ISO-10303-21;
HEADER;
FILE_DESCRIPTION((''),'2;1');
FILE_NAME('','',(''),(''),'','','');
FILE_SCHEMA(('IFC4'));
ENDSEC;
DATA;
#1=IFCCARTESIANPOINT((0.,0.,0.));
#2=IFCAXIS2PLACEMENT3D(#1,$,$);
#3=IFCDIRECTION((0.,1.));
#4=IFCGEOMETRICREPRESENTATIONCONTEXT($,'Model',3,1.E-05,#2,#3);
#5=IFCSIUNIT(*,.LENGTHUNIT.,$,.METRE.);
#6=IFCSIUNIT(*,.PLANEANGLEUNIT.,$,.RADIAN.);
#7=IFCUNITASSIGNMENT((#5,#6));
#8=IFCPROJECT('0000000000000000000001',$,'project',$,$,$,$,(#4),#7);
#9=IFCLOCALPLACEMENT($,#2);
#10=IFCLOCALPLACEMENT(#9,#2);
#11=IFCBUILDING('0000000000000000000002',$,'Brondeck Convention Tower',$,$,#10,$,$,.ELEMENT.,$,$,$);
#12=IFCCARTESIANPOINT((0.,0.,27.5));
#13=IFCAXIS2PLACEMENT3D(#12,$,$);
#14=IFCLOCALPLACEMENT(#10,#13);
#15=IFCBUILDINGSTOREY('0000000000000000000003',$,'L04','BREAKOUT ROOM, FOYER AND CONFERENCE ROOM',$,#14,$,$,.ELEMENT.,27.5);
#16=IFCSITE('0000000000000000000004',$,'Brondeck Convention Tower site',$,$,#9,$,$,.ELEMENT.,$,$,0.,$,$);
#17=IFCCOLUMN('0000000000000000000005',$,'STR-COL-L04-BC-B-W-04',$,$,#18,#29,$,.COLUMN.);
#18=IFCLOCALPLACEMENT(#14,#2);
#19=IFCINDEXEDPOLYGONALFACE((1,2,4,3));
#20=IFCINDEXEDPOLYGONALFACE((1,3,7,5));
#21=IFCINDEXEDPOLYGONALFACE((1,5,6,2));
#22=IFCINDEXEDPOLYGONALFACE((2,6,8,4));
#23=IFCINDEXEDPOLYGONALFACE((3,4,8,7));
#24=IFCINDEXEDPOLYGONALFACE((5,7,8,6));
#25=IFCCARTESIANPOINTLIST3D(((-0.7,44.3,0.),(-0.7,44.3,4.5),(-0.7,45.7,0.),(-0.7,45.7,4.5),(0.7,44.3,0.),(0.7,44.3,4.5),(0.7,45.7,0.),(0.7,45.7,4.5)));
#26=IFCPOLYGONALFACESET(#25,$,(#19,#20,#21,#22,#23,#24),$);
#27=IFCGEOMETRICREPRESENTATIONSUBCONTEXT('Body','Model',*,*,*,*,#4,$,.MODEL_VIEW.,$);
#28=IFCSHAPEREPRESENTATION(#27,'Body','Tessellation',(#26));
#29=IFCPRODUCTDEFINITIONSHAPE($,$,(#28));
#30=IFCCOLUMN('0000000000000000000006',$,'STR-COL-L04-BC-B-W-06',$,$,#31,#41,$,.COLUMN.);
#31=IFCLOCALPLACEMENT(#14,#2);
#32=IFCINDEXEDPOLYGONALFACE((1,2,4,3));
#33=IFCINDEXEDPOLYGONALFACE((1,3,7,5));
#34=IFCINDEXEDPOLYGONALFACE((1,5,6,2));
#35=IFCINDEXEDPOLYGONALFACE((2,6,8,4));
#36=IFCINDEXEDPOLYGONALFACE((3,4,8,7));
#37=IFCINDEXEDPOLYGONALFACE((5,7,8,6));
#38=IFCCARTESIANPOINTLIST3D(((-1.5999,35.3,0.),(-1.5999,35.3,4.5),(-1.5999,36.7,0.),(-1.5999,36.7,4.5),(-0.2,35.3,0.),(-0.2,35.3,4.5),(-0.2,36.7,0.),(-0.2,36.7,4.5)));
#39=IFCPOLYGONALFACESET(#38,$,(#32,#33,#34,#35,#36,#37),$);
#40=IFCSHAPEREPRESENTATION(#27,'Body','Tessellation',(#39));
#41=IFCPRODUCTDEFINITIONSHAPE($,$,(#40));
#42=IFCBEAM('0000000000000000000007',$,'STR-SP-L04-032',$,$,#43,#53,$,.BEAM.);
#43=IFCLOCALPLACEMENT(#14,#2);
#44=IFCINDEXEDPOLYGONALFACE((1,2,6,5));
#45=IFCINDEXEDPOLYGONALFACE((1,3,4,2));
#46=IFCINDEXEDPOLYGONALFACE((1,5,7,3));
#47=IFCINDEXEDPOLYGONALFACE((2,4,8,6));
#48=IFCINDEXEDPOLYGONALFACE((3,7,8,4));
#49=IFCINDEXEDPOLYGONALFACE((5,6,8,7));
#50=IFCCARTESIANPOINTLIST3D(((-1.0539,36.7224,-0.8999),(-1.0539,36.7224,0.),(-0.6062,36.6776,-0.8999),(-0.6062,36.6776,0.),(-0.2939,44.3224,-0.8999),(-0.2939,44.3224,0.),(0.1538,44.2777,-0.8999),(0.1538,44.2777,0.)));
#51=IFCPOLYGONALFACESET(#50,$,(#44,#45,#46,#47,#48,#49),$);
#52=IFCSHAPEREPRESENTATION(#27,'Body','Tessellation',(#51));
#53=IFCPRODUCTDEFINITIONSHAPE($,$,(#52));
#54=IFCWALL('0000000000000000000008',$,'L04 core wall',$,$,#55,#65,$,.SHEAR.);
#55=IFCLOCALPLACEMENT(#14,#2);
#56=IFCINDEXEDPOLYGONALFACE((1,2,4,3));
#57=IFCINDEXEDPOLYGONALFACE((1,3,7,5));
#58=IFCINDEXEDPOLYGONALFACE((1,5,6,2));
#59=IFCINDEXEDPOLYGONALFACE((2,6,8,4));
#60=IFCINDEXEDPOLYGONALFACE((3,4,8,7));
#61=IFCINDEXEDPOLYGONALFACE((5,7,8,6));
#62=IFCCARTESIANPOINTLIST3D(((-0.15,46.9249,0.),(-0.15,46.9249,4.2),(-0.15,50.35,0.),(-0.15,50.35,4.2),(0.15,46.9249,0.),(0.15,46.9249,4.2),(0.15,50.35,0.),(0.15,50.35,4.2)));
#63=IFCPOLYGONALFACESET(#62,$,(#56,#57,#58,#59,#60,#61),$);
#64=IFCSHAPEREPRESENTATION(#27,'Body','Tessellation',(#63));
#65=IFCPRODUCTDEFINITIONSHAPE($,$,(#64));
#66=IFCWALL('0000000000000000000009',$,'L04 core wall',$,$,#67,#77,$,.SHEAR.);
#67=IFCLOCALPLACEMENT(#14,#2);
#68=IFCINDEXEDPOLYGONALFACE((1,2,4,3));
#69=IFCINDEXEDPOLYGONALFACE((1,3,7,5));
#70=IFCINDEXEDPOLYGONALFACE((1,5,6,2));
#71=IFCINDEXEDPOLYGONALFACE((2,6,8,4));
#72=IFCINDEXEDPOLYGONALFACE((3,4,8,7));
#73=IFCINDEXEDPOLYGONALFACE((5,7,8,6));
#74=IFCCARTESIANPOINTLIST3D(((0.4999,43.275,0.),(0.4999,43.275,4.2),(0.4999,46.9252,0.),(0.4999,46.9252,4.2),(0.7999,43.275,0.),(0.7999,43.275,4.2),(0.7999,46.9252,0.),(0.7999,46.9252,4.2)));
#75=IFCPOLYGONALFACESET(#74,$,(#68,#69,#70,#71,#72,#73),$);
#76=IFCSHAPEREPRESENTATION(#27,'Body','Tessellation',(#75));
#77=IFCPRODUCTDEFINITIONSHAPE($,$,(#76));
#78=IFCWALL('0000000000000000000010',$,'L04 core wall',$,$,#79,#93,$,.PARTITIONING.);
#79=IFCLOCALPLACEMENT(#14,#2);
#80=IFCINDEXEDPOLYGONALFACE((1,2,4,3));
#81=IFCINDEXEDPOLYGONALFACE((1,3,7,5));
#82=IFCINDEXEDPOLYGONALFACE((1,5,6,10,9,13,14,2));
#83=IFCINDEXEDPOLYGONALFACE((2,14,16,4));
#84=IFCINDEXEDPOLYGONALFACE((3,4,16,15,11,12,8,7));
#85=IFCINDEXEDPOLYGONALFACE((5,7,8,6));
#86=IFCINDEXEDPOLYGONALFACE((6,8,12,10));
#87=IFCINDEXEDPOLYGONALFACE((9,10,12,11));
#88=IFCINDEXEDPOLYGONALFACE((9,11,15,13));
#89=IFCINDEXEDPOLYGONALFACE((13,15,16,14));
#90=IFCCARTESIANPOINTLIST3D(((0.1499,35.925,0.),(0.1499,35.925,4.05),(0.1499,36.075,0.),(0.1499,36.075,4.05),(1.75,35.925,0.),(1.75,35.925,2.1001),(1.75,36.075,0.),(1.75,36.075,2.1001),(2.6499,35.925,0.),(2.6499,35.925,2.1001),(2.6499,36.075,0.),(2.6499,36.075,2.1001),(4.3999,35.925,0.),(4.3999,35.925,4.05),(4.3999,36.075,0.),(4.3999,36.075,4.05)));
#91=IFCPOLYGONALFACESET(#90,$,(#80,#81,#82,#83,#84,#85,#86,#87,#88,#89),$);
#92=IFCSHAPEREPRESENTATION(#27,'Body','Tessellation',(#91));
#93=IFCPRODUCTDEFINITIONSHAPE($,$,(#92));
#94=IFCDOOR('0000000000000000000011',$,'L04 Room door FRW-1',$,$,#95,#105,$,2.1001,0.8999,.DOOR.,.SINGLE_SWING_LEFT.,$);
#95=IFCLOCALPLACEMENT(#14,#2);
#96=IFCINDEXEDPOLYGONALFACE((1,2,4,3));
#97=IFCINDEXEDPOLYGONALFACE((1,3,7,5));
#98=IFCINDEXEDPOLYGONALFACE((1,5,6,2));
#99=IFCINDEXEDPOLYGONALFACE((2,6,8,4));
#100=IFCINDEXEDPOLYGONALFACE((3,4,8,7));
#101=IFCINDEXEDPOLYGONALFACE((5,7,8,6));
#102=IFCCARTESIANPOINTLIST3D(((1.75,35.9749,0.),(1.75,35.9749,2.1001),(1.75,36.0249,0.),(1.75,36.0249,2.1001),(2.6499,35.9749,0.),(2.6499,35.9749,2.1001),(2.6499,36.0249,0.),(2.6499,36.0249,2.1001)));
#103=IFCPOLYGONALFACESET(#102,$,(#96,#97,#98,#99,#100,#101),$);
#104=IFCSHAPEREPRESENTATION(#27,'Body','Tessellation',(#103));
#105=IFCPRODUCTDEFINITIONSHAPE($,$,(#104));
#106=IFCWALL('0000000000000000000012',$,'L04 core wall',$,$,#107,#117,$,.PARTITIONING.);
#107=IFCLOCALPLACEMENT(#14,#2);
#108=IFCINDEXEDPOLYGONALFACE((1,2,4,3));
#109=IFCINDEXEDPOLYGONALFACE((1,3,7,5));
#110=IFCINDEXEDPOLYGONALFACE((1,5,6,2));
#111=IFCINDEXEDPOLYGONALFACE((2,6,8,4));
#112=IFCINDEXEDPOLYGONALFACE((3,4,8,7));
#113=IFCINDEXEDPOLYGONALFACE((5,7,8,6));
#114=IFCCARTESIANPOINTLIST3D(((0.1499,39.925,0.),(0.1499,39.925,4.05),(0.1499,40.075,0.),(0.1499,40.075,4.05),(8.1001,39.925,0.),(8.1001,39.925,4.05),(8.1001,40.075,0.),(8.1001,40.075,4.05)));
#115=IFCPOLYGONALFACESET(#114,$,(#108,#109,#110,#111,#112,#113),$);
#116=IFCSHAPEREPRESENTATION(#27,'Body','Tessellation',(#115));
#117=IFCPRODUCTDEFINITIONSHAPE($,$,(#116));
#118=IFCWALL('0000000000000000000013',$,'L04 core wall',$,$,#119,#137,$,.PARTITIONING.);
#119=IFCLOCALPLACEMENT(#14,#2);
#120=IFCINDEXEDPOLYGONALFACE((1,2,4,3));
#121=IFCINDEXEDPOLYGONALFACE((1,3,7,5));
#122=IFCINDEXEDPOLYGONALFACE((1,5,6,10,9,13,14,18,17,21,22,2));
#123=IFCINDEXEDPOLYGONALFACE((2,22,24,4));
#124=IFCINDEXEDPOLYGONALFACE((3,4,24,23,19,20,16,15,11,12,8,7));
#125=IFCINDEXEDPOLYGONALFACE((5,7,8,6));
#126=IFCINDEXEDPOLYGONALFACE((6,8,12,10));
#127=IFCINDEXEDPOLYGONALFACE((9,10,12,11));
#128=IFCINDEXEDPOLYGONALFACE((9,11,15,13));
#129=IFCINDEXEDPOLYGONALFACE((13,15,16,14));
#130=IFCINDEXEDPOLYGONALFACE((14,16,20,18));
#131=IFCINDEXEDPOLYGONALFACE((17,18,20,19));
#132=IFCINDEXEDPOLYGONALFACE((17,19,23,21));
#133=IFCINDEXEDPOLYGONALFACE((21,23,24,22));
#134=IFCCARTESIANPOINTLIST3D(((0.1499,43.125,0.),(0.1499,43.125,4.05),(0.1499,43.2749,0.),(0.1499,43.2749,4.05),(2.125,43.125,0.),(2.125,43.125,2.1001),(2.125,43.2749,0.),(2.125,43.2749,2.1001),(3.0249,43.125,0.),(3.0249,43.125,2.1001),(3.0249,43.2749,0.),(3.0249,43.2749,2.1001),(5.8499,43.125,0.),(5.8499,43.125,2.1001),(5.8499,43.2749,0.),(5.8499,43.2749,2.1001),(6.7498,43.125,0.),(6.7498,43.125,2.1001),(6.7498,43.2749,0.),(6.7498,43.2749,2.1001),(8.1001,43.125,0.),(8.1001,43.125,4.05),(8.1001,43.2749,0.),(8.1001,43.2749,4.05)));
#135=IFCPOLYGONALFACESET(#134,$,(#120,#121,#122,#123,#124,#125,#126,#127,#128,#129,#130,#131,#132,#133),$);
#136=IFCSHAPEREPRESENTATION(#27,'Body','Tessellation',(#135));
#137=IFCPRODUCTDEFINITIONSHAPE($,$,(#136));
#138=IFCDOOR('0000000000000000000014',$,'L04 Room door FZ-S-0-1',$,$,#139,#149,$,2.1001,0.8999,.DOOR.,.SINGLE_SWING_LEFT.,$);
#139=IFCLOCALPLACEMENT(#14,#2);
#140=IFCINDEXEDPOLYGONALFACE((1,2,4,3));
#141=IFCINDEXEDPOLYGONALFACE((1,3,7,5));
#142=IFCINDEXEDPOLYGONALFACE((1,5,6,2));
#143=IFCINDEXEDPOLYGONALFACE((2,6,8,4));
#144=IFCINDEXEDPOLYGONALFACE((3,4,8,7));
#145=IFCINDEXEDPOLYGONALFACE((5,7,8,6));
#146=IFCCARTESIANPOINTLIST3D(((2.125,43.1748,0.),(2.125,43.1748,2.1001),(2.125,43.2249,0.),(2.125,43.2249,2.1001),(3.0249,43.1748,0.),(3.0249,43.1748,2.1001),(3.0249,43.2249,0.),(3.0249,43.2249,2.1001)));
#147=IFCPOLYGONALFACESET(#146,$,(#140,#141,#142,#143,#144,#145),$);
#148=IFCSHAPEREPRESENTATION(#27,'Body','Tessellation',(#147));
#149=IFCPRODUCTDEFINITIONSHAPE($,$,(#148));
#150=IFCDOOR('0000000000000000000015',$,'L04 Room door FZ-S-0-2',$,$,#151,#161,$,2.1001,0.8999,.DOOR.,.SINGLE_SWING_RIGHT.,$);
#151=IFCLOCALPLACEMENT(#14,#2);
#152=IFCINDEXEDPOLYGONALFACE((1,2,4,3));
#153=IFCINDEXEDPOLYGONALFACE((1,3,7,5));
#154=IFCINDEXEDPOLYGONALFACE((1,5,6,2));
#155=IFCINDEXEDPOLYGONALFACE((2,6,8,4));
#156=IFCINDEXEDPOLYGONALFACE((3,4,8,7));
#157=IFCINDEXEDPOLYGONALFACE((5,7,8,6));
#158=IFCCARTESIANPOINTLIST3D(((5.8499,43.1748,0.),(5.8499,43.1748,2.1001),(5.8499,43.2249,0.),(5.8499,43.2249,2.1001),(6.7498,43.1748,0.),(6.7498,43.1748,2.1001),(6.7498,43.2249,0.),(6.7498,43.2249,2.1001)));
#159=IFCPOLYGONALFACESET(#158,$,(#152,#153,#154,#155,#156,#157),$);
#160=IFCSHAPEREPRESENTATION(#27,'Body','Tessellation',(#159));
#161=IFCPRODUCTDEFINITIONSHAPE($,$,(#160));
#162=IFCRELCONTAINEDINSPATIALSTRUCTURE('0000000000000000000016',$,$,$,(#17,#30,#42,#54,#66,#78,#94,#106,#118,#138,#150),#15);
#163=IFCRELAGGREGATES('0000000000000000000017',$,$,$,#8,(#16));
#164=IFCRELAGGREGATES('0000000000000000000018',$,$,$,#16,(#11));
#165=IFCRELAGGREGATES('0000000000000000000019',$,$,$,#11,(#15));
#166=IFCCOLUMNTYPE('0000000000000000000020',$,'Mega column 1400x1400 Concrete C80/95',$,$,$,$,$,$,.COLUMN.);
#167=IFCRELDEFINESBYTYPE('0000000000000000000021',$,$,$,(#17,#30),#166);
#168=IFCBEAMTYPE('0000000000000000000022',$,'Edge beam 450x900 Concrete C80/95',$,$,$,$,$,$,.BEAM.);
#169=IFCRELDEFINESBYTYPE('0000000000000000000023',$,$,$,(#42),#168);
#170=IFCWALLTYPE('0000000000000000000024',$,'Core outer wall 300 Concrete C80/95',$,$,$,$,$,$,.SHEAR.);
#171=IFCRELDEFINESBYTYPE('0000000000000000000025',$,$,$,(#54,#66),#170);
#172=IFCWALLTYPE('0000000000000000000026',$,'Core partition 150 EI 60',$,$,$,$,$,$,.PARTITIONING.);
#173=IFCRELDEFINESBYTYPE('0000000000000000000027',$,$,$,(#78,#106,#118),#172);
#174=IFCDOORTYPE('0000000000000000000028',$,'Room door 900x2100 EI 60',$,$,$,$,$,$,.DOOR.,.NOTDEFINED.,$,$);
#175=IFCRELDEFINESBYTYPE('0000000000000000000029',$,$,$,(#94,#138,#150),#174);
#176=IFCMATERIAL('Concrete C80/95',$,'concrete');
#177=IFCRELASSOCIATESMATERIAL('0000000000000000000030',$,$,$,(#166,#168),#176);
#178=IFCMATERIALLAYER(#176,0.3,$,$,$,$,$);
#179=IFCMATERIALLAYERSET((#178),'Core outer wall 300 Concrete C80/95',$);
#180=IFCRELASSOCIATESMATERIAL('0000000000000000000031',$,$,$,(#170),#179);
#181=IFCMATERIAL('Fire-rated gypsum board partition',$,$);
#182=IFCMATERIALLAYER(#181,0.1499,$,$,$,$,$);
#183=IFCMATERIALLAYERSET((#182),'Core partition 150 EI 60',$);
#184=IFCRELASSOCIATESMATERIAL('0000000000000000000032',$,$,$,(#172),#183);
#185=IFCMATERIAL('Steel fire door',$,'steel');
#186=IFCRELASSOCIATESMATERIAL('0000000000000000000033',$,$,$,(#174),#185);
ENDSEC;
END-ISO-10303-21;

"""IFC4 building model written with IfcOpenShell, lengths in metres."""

from ifc_helpers import new_model, si_unit, direction, frame, frame_2d, origin, origin_2d, place, context, subcontext, project, spatial, rectangle, extrude, material, layer, layer_set, material_profile, profile_set, type_object, element, fill, save


model = new_model("IFC4")

# Units and contexts
model_context = context("Model", 3, precision=1e-05, world=origin(), true_north=direction((0.0, 1.0)))
body_context = subcontext(model_context, "Body", "Model", "MODEL_VIEW")
ifc_project = project(units=[si_unit("LENGTHUNIT", "METRE"), si_unit("PLANEANGLEUNIT", "RADIAN")], contexts=[model_context])

# Site, building, storey
site_placement = place(None, origin())
site = spatial("IfcSite", under=ifc_project, at=site_placement, Name="Brondeck Convention Tower site", CompositionType="ELEMENT", RefElevation=0.0)
building_placement = place(site_placement, origin())
building = spatial("IfcBuilding", under=site, at=building_placement, Name="Brondeck Convention Tower", CompositionType="ELEMENT")
storey_placement = place(building_placement, frame((0.0, 0.0, 27.5)))
storey = spatial("IfcBuildingStorey", under=building, at=storey_placement, Name="L04", Description="BREAKOUT ROOM, FOYER AND CONFERENCE ROOM", CompositionType="ELEMENT", Elevation=27.5)

# Columns
ifc_material_1 = material(Name="Concrete C80/95", Category="concrete")
ifc_material_profile_1 = material_profile(ifc_material_1, rectangle(XDim=1.3999, YDim=1.3999, at=origin_2d()), Name="Mega column 1400x1400 Concrete C80/95")
ifc_profile_set_1 = profile_set([ifc_material_profile_1], Name="Concrete C80/95")
column_type = type_object("IfcColumnType", Name="Mega column 1400x1400 Concrete C80/95", PredefinedType="COLUMN", material=ifc_profile_set_1)
for number, where, z_axis, x_axis, name in (
    (1, (0.0, 45.0, 0.0), (0.0, 0.0, 1.0), (1.0, 0.0, 0.0), "STR-COL-L04-BC-B-W-04"),
    (2, (-0.8999, 36.0, 0.0), (0.0, 0.0, 1.0), (1.0, 0.0, 0.0), "STR-COL-L04-BC-B-W-06"),
):
    element("IfcColumn", number, at=place(storey_placement, frame(where, z_axis=z_axis, x_axis=x_axis)), inside=storey, type_object=column_type, Name=name, PredefinedType="COLUMN", context=body_context, shape_type="SweptSolid", body=[
        extrude(rectangle(XDim=1.3999, YDim=1.3999, at=origin_2d()), origin(), (0.0, 0.0, 1.0), 4.5),
    ])

# Beam
ifc_material_profile_2 = material_profile(ifc_material_1, rectangle(XDim=0.45, YDim=0.8999, at=origin_2d()), Name="Edge beam 450x900 Concrete C80/95")
ifc_profile_set_2 = profile_set([ifc_material_profile_2], Name="Concrete C80/95")
beam_type = type_object("IfcBeamType", Name="Edge beam 450x900 Concrete C80/95", PredefinedType="BEAM", material=ifc_profile_set_2)
beam_placement = place(storey_placement, frame((-0.0701, 44.3, -0.45), z_axis=(-0.099504, -0.995037, 0.0), x_axis=(0.995037, -0.099504, 0.0)))
element("IfcBeam", 3, at=beam_placement, inside=storey, type_object=beam_type, Name="STR-SP-L04-032", PredefinedType="BEAM", context=body_context, shape_type="SweptSolid", body=[
    extrude(rectangle(XDim=0.45, YDim=0.8999, at=origin_2d()), origin(), (0.0, 0.0, 1.0), 7.6379),
])

# Walls
ifc_layer_1 = layer(ifc_material_1, 0.3)
ifc_layer_set_1 = layer_set([ifc_layer_1], Name="Core outer wall 300 Concrete C80/95")
wall_type_1 = type_object("IfcWallType", Name="Core outer wall 300 Concrete C80/95", PredefinedType="SHEAR", material=ifc_layer_set_1)
wall_1_placement = place(storey_placement, frame((0.0, 46.925, 0.0), z_axis=(0.0, 0.0, 1.0), x_axis=(0.0, 1.0, 0.0)))
element("IfcWall", 4, at=wall_1_placement, inside=storey, type_object=wall_type_1, Name="L04 core wall", PredefinedType="SHEAR", context=body_context, shape_type="SweptSolid", body=[
    extrude(rectangle(XDim=3.425, YDim=0.3, at=frame_2d((1.7124, 0.0))), origin(), (0.0, 0.0, 1.0), 4.2),
])
wall_2_placement = place(storey_placement, frame((0.6499, 43.2749, 0.0), z_axis=(0.0, 0.0, 1.0), x_axis=(0.0, 1.0, 0.0)))
element("IfcWall", 5, at=wall_2_placement, inside=storey, type_object=wall_type_1, Name="L04 core wall", PredefinedType="SHEAR", context=body_context, shape_type="SweptSolid", body=[
    extrude(rectangle(XDim=3.6501, YDim=0.3, at=frame_2d((1.8252, 0.0))), origin(), (0.0, 0.0, 1.0), 4.2),
])

# Wall, opening, door
ifc_material_2 = material(Name="Fire-rated gypsum board partition")
ifc_layer_2 = layer(ifc_material_2, 0.1499)
ifc_layer_set_2 = layer_set([ifc_layer_2], Name="Core partition 150 EI 60")
wall_type_2 = type_object("IfcWallType", Name="Core partition 150 EI 60", PredefinedType="PARTITIONING", material=ifc_layer_set_2)
wall_3_placement = place(storey_placement, frame((0.1499, 36.0, 0.0), z_axis=(0.0, 0.0, 1.0), x_axis=(1.0, 0.0, 0.0)))
wall_3 = element("IfcWall", 6, at=wall_3_placement, inside=storey, type_object=wall_type_2, Name="L04 core wall", PredefinedType="PARTITIONING", context=body_context, shape_type="SweptSolid", body=[
    extrude(rectangle(XDim=4.25, YDim=0.1499, at=frame_2d((2.125, 0.0))), origin(), (0.0, 0.0, 1.0), 4.05),
])
opening_1_placement = place(wall_3_placement, frame((1.6001, 0.0, 0.0)))
opening_1 = element("IfcOpeningElement", 7, at=opening_1_placement, cuts=wall_3, PredefinedType="OPENING", context=body_context, shape_type="SweptSolid", body=[
    extrude(rectangle(XDim=0.8999, YDim=2.1001, at=frame_2d((0.45, 1.05))), frame((0.0, 0.085, 0.0), z_axis=(0.0, -1.0, 0.0), x_axis=(1.0, 0.0, 0.0)), (0.0, 0.0, 1.0), 0.1699),
])
ifc_material_3 = material(Name="Steel fire door", Category="steel")
door_type_1 = type_object("IfcDoorType", Name="Room door 900x2100 EI 60", OperationType="NOTDEFINED", PredefinedType="DOOR", material=ifc_material_3)
door_1_placement = place(opening_1_placement, origin())
door_1 = element("IfcDoor", 8, at=door_1_placement, inside=storey, type_object=door_type_1, Name="L04 Room door FRW-1", OperationType="SINGLE_SWING_LEFT", OverallHeight=2.1001, OverallWidth=0.8999, PredefinedType="DOOR", context=body_context, shape_type="SweptSolid", body=[
    extrude(rectangle(XDim=0.8999, YDim=2.1001, at=frame_2d((0.45, 1.05))), frame((0.0, 0.0249, 0.0), z_axis=(0.0, -1.0, 0.0), x_axis=(1.0, 0.0, 0.0)), (0.0, 0.0, 1.0), 0.05),
])
fill(opening_1, door_1)

# Wall
wall_4_placement = place(storey_placement, frame((0.1499, 40.0, 0.0), z_axis=(0.0, 0.0, 1.0), x_axis=(1.0, 0.0, 0.0)))
element("IfcWall", 9, at=wall_4_placement, inside=storey, type_object=wall_type_2, Name="L04 core wall", PredefinedType="PARTITIONING", context=body_context, shape_type="SweptSolid", body=[
    extrude(rectangle(XDim=7.9502, YDim=0.1499, at=frame_2d((3.9751, 0.0))), origin(), (0.0, 0.0, 1.0), 4.05),
])

# Wall, openings, doors
wall_5_placement = place(storey_placement, frame((0.1499, 43.2, 0.0), z_axis=(0.0, 0.0, 1.0), x_axis=(1.0, 0.0, 0.0)))
wall_5 = element("IfcWall", 10, at=wall_5_placement, inside=storey, type_object=wall_type_2, Name="L04 core wall", PredefinedType="PARTITIONING", context=body_context, shape_type="SweptSolid", body=[
    extrude(rectangle(XDim=7.9502, YDim=0.1499, at=frame_2d((3.9751, 0.0))), origin(), (0.0, 0.0, 1.0), 4.05),
])
opening_2_placement = place(wall_5_placement, frame((1.9751, 0.0, 0.0)))
opening_2 = element("IfcOpeningElement", 11, at=opening_2_placement, cuts=wall_5, PredefinedType="OPENING", context=body_context, shape_type="SweptSolid", body=[
    extrude(rectangle(XDim=0.8999, YDim=2.1001, at=frame_2d((0.45, 1.05))), frame((0.0, 0.085, 0.0), z_axis=(0.0, -1.0, 0.0), x_axis=(1.0, 0.0, 0.0)), (0.0, 0.0, 1.0), 0.1699),
])
opening_3_placement = place(wall_5_placement, frame((5.7, 0.0, 0.0)))
opening_3 = element("IfcOpeningElement", 12, at=opening_3_placement, cuts=wall_5, PredefinedType="OPENING", context=body_context, shape_type="SweptSolid", body=[
    extrude(rectangle(XDim=0.8999, YDim=2.1001, at=frame_2d((0.45, 1.05))), frame((0.0, 0.085, 0.0), z_axis=(0.0, -1.0, 0.0), x_axis=(1.0, 0.0, 0.0)), (0.0, 0.0, 1.0), 0.1699),
])
door_2_placement = place(opening_2_placement, origin())
door_2 = element("IfcDoor", 13, at=door_2_placement, inside=storey, type_object=door_type_1, Name="L04 Room door FZ-S-0-1", OperationType="SINGLE_SWING_LEFT", OverallHeight=2.1001, OverallWidth=0.8999, PredefinedType="DOOR", context=body_context, shape_type="SweptSolid", body=[
    extrude(rectangle(XDim=0.8999, YDim=2.1001, at=frame_2d((0.45, 1.05))), frame((0.0, 0.0249, 0.0), z_axis=(0.0, -1.0, 0.0), x_axis=(1.0, 0.0, 0.0)), (0.0, 0.0, 1.0), 0.05),
])
fill(opening_2, door_2)
door_3_placement = place(opening_3_placement, origin())
door_3 = element("IfcDoor", 14, at=door_3_placement, inside=storey, type_object=door_type_1, Name="L04 Room door FZ-S-0-2", OperationType="SINGLE_SWING_RIGHT", OverallHeight=2.1001, OverallWidth=0.8999, PredefinedType="DOOR", context=body_context, shape_type="SweptSolid", body=[
    extrude(rectangle(XDim=0.8999, YDim=2.1001, at=frame_2d((0.45, 1.05))), frame((0.0, 0.0249, 0.0), z_axis=(0.0, -1.0, 0.0), x_axis=(1.0, 0.0, 0.0)), (0.0, 0.0, 1.0), 0.05),
])
fill(opening_3, door_3)

save(model, "model.ifc")
